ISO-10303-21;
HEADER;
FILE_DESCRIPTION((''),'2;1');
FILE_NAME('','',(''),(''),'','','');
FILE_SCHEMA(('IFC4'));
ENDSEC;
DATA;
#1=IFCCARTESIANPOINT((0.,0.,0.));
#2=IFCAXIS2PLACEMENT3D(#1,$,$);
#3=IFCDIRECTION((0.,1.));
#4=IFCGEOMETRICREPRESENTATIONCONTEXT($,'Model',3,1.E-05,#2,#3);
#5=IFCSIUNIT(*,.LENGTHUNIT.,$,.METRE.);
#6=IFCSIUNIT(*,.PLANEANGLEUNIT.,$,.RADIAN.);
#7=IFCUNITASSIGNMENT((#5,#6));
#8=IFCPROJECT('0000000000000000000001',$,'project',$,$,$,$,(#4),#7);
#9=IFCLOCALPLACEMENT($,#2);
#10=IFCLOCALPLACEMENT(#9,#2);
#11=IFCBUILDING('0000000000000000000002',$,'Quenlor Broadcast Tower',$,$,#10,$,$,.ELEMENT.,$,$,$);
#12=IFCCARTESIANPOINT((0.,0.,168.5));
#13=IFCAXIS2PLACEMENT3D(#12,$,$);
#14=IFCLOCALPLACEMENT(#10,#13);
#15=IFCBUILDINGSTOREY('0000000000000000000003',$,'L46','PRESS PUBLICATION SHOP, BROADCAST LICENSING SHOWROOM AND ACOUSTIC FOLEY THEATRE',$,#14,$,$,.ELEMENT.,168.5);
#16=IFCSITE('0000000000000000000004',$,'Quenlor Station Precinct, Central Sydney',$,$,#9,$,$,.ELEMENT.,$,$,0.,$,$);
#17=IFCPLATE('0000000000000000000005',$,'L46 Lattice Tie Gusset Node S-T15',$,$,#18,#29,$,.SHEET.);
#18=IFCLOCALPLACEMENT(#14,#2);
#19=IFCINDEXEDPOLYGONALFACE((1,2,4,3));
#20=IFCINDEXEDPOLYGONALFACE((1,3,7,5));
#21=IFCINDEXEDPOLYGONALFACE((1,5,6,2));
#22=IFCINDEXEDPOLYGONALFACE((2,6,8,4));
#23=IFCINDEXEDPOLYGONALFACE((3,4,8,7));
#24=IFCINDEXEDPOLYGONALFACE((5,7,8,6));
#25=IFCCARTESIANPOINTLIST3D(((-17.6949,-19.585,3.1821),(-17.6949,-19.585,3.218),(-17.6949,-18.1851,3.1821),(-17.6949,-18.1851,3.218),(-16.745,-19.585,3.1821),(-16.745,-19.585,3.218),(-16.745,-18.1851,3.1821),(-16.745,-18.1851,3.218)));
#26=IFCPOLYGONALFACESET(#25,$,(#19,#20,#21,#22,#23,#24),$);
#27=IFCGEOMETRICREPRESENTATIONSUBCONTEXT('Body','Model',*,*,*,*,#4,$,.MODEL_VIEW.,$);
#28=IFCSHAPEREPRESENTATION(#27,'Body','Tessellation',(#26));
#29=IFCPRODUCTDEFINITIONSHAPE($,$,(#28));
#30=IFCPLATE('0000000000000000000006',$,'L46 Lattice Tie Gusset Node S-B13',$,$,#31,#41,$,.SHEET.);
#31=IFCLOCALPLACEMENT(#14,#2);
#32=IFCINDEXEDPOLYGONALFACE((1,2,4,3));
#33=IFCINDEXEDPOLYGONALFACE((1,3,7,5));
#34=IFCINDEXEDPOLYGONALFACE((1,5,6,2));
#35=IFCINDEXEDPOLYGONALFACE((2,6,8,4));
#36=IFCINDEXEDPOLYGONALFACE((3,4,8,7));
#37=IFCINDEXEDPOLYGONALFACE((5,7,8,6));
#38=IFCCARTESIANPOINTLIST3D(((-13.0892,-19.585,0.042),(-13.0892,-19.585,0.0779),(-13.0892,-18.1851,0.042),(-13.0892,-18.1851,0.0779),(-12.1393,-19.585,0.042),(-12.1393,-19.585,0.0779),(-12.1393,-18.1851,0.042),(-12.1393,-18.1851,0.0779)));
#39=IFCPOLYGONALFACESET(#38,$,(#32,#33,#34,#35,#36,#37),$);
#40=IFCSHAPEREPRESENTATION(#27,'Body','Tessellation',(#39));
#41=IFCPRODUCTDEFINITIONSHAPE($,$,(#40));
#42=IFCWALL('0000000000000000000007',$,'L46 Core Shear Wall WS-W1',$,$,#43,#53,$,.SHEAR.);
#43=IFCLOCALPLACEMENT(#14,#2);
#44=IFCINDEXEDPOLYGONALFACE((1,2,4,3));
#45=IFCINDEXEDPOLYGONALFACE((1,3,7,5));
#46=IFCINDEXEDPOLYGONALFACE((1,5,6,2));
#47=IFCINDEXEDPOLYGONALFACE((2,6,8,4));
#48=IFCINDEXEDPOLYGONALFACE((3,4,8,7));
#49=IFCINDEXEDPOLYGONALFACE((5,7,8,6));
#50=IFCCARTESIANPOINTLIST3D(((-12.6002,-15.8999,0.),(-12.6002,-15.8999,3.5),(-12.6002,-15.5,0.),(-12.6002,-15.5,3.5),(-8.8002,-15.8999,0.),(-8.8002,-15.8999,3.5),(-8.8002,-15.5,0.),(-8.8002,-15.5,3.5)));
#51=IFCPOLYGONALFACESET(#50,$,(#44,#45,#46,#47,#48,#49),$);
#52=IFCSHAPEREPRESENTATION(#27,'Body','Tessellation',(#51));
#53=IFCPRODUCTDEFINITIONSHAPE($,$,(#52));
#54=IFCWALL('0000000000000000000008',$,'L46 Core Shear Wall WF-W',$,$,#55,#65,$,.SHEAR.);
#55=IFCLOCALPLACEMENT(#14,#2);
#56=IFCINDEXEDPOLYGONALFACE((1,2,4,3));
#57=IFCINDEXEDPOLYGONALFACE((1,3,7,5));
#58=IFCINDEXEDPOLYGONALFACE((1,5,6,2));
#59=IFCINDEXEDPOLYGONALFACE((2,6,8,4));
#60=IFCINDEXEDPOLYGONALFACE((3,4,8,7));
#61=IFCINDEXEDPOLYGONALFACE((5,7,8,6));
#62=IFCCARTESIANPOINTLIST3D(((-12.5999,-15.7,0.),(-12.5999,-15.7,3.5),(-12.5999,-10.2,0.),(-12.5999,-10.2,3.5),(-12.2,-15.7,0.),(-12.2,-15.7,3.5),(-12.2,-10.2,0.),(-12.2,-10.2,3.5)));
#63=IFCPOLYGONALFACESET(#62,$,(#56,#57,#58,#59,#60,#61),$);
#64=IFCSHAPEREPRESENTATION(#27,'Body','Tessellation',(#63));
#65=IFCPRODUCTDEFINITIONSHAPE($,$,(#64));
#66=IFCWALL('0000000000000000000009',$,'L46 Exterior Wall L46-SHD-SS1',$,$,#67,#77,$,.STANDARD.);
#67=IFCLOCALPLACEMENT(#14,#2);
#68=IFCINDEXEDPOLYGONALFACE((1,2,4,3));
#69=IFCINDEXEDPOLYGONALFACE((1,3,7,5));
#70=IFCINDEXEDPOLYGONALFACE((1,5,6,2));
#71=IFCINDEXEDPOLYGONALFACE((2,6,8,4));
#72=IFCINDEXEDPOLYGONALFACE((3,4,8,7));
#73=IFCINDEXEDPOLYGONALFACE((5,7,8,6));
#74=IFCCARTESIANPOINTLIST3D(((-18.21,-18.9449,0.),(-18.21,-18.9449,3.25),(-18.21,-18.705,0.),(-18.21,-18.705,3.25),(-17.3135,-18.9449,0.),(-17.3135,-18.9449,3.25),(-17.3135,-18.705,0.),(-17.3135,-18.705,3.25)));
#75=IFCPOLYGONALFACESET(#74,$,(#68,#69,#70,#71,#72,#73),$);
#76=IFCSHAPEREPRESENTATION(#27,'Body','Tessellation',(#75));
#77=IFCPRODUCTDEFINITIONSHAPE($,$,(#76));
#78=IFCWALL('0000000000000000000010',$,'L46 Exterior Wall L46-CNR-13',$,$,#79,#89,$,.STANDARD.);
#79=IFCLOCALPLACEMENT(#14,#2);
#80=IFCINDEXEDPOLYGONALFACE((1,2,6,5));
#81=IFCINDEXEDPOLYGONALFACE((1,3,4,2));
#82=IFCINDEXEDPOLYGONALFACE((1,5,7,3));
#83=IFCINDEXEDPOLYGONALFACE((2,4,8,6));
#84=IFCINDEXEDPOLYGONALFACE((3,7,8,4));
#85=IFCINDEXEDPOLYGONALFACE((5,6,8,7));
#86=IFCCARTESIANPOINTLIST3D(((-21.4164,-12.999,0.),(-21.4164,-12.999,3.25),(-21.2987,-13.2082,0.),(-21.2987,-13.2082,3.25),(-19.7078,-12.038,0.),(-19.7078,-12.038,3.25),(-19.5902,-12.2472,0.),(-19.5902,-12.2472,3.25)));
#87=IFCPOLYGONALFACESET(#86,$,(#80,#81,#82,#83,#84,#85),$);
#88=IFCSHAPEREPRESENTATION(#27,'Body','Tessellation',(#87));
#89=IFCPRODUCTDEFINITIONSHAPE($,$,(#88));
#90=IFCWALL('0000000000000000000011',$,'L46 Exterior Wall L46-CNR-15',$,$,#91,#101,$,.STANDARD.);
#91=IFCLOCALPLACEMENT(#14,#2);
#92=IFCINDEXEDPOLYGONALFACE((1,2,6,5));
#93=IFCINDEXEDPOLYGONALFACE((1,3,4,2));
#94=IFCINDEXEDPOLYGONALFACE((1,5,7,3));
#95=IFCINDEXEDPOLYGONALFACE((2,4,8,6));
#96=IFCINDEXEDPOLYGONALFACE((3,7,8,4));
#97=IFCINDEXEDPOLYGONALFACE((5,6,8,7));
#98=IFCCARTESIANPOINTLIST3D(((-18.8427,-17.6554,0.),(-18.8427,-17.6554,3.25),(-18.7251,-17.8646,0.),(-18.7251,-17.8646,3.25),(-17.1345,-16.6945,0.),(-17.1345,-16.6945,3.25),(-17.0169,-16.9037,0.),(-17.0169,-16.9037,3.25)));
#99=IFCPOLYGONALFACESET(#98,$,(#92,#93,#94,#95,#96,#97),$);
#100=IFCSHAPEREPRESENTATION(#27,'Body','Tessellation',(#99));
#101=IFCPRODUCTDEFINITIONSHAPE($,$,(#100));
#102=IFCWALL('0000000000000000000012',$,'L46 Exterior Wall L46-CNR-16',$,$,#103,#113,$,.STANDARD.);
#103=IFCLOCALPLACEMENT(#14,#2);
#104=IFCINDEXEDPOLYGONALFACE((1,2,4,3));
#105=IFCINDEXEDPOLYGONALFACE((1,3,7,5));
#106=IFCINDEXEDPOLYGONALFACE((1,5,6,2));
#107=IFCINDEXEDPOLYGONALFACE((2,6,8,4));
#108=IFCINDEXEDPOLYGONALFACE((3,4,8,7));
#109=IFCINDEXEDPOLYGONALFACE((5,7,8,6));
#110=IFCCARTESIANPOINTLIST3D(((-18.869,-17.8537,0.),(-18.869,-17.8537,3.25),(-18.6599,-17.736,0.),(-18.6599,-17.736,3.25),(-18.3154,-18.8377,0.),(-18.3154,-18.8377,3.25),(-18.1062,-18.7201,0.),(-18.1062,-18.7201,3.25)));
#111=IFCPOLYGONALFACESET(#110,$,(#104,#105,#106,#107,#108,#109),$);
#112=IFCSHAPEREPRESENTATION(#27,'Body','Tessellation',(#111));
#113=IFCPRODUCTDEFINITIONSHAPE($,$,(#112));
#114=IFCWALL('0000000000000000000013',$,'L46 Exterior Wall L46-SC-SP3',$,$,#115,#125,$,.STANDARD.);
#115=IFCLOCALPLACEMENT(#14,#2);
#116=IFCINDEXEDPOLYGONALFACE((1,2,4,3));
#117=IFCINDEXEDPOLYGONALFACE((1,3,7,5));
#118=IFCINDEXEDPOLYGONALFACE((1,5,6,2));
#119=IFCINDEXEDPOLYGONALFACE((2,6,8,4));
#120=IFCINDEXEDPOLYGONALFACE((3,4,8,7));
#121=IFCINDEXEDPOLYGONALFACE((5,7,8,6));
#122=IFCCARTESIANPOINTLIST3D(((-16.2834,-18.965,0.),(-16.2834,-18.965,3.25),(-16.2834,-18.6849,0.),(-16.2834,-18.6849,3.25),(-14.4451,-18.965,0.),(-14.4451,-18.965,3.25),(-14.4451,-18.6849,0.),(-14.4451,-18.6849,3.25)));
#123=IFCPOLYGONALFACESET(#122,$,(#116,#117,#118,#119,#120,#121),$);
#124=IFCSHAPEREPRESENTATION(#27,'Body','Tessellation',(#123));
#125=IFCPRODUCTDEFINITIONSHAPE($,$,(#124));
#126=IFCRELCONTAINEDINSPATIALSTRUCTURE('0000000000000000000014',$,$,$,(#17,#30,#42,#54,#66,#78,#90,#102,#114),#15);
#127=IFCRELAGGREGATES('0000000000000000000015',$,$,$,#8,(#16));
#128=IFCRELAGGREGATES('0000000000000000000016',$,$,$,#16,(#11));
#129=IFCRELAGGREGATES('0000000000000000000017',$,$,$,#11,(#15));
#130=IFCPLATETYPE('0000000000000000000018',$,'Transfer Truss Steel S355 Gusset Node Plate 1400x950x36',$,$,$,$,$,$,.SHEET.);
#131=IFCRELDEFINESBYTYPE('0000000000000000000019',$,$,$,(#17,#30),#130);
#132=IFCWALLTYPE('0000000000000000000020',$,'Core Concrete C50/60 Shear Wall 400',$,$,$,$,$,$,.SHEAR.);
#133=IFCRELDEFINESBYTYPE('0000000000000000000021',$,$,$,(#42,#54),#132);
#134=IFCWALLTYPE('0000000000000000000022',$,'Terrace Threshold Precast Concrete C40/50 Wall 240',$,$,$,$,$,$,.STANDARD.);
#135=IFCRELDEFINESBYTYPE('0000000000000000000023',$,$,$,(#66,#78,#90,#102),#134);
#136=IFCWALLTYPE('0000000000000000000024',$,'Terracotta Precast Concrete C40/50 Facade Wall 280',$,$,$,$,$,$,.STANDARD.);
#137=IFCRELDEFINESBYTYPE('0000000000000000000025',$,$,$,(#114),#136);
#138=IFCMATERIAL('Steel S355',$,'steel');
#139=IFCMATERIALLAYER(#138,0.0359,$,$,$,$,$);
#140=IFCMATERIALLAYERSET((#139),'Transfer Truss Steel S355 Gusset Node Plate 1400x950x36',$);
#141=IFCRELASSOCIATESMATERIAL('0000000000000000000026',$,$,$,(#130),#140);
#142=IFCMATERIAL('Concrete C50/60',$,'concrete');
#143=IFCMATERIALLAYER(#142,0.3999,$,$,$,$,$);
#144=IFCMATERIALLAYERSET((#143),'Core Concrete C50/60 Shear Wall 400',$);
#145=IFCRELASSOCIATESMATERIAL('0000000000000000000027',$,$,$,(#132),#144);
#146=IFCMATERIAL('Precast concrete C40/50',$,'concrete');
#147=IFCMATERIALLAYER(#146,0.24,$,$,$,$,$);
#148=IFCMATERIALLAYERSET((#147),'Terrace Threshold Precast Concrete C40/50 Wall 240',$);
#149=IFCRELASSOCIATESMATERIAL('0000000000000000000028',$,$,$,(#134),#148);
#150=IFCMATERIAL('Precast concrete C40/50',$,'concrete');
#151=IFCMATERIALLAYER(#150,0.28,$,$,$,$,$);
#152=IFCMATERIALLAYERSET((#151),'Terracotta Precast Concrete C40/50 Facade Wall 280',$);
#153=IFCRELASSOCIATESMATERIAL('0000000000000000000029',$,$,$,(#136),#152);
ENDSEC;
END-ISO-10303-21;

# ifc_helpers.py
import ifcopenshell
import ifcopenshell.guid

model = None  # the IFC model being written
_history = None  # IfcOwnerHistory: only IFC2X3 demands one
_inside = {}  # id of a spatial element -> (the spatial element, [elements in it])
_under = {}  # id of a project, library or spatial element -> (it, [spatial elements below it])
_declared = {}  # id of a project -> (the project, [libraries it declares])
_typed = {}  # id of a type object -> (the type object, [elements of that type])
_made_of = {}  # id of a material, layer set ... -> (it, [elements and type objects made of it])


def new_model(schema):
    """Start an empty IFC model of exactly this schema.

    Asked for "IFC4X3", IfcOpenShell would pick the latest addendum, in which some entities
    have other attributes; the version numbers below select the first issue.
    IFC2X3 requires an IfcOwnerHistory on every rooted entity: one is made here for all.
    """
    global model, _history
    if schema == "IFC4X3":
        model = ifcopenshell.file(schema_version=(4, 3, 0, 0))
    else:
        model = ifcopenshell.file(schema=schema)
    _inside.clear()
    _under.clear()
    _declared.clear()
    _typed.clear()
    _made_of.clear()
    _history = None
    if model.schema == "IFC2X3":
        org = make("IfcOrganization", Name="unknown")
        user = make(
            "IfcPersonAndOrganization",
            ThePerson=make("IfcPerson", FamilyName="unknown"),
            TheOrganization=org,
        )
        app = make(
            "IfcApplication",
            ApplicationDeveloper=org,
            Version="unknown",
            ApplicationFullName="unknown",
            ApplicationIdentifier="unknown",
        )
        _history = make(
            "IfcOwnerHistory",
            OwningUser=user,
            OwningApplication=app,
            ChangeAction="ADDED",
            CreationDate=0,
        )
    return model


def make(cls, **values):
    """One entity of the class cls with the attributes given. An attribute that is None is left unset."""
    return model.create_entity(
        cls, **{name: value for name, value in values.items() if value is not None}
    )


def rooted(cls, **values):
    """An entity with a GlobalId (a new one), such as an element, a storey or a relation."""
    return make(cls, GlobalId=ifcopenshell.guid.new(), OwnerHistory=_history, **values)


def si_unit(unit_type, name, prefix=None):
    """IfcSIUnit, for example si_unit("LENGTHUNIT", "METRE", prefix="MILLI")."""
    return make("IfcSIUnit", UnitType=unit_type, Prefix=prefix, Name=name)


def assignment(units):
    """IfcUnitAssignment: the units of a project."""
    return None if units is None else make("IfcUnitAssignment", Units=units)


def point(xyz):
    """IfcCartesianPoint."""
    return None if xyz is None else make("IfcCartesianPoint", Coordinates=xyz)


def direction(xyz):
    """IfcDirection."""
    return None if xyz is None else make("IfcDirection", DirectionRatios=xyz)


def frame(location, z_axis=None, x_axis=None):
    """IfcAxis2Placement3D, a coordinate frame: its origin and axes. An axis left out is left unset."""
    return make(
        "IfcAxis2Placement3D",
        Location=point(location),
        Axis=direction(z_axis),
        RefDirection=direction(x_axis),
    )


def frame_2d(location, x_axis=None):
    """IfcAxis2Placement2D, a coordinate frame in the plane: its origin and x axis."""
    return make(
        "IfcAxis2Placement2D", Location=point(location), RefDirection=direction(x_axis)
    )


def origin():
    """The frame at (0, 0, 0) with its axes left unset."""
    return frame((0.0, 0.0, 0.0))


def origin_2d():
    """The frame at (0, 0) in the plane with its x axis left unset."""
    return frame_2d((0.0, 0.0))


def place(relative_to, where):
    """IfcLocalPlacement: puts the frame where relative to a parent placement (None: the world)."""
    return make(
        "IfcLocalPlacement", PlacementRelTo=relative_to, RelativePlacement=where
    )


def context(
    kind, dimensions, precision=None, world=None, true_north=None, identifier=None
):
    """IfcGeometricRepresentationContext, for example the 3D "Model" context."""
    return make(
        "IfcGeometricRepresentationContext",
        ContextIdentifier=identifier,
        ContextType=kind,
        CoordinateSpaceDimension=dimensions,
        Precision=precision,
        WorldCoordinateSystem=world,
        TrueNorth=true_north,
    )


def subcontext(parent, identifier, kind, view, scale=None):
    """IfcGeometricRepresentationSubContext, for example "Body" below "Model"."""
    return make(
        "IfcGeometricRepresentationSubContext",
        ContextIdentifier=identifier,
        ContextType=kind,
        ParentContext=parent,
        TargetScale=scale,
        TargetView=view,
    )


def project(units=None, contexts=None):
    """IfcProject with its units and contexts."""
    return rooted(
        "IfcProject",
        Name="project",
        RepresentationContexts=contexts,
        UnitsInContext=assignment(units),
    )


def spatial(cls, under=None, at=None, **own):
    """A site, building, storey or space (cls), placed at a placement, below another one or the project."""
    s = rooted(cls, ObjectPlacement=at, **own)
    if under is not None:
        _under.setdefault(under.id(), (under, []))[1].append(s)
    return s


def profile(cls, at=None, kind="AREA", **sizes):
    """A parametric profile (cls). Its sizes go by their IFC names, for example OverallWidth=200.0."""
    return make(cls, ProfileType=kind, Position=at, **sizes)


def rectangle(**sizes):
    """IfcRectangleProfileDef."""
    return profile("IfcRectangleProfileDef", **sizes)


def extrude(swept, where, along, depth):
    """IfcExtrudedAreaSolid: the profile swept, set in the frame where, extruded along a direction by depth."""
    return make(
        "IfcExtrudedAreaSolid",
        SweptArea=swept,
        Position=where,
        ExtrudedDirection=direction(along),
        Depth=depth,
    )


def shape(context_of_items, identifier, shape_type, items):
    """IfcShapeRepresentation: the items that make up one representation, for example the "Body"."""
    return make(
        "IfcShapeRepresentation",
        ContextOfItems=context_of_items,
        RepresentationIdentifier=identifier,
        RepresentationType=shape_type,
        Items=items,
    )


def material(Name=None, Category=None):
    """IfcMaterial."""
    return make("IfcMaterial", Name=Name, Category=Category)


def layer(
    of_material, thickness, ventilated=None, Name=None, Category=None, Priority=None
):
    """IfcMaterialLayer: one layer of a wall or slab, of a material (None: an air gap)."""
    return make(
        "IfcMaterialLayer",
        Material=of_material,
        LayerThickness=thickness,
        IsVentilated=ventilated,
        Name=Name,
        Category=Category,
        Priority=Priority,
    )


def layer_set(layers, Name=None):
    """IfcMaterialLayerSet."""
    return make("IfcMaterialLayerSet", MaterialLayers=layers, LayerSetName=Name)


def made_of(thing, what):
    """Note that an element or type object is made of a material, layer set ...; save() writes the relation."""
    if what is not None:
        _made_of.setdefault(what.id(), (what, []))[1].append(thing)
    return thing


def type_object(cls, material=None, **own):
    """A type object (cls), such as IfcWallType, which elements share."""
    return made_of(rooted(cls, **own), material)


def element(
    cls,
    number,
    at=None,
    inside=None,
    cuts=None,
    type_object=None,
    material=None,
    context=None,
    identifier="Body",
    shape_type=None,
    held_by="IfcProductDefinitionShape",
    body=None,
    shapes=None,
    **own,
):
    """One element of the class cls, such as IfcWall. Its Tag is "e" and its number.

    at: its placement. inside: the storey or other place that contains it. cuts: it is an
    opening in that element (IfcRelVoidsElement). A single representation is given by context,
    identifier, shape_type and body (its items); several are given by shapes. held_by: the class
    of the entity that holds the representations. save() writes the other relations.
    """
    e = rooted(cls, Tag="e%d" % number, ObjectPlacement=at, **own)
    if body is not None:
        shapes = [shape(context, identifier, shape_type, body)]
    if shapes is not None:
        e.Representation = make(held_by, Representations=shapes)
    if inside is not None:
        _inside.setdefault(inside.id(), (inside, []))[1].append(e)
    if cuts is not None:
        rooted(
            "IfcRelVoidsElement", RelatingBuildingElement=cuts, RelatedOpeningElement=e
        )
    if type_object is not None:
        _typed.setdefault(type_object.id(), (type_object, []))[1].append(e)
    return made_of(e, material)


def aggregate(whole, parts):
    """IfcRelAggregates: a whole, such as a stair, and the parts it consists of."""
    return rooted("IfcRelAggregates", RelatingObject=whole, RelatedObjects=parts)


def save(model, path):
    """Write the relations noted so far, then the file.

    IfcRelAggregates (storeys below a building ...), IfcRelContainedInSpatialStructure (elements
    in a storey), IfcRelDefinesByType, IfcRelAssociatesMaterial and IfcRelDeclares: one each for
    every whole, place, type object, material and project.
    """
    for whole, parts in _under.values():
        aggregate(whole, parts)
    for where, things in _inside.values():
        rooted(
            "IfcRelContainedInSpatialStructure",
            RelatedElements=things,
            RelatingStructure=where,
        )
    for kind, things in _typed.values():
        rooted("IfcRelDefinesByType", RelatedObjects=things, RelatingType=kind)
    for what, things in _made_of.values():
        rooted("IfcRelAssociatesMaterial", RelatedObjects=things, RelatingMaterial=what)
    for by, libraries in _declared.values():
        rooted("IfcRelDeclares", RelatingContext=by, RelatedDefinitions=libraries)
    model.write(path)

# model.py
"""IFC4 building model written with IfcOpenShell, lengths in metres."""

from ifc_helpers import new_model, si_unit, direction, frame, frame_2d, origin, origin_2d, place, context, subcontext, project, spatial, rectangle, extrude, material, layer, layer_set, type_object, element, save


model = new_model("IFC4")

# Units and contexts
model_context = context("Model", 3, precision=1e-05, world=origin(), true_north=direction((0.0, 1.0)))
body_context = subcontext(model_context, "Body", "Model", "MODEL_VIEW")
ifc_project = project(units=[si_unit("LENGTHUNIT", "METRE"), si_unit("PLANEANGLEUNIT", "RADIAN")], contexts=[model_context])

# Site, building, storey
site_placement = place(None, origin())
site = spatial("IfcSite", under=ifc_project, at=site_placement, Name="Quenlor Station Precinct, Central Sydney", CompositionType="ELEMENT", RefElevation=0.0)
building_placement = place(site_placement, origin())
building = spatial("IfcBuilding", under=site, at=building_placement, Name="Quenlor Broadcast Tower", CompositionType="ELEMENT")
storey_placement = place(building_placement, frame((0.0, 0.0, 168.5)))
storey = spatial("IfcBuildingStorey", under=building, at=storey_placement, Name="L46", Description="PRESS PUBLICATION SHOP, BROADCAST LICENSING SHOWROOM AND ACOUSTIC FOLEY THEATRE", CompositionType="ELEMENT", Elevation=168.5)

# Plates
ifc_material_1 = material(Name="Steel S355", Category="steel")
ifc_layer_1 = layer(ifc_material_1, 0.0359)
ifc_layer_set_1 = layer_set([ifc_layer_1], Name="Transfer Truss Steel S355 Gusset Node Plate 1400x950x36")
plate_type_1 = type_object("IfcPlateType", Name="Transfer Truss Steel S355 Gusset Node Plate 1400x950x36", PredefinedType="SHEET", material=ifc_layer_set_1)
for number, where, z_axis, x_axis, name in (
    (1, (-17.22, -18.885, 3.1821), (0.0, 0.0, 1.0), (0.0, -1.0, 0.0), "L46 Lattice Tie Gusset Node S-T15"),
    (2, (-12.6143, -18.885, 0.042), (0.0, 0.0, 1.0), (0.0, -1.0, 0.0), "L46 Lattice Tie Gusset Node S-B13"),
):
    element("IfcPlate", number, at=place(storey_placement, frame(where, z_axis=z_axis, x_axis=x_axis)), inside=storey, type_object=plate_type_1, Name=name, PredefinedType="SHEET", context=body_context, shape_type="SweptSolid", body=[
        extrude(rectangle(XDim=1.3999, YDim=0.95, at=origin_2d()), origin(), (0.0, 0.0, 1.0), 0.0359),
    ])

# Walls
ifc_material_2 = material(Name="Concrete C50/60", Category="concrete")
ifc_layer_2 = layer(ifc_material_2, 0.3999)
ifc_layer_set_2 = layer_set([ifc_layer_2], Name="Core Concrete C50/60 Shear Wall 400")
wall_type_1 = type_object("IfcWallType", Name="Core Concrete C50/60 Shear Wall 400", PredefinedType="SHEAR", material=ifc_layer_set_2)
wall_1_placement = place(storey_placement, frame((-12.6001, -15.7, 0.0), z_axis=(0.0, 0.0, 1.0), x_axis=(1.0, 0.0, 0.0)))
element("IfcWall", 3, at=wall_1_placement, inside=storey, type_object=wall_type_1, Name="L46 Core Shear Wall WS-W1", PredefinedType="SHEAR", context=body_context, shape_type="SweptSolid", body=[
    extrude(rectangle(XDim=3.8, YDim=0.3999, at=frame_2d((1.8999, 0.0))), origin(), (0.0, 0.0, 1.0), 3.5),
])
wall_2_placement = place(storey_placement, frame((-12.3999, -15.7, 0.0), z_axis=(0.0, 0.0, 1.0), x_axis=(0.0, 1.0, 0.0)))
element("IfcWall", 4, at=wall_2_placement, inside=storey, type_object=wall_type_1, Name="L46 Core Shear Wall WF-W", PredefinedType="SHEAR", context=body_context, shape_type="SweptSolid", body=[
    extrude(rectangle(XDim=5.5, YDim=0.3999, at=frame_2d((2.75, 0.0))), origin(), (0.0, 0.0, 1.0), 3.5),
])
ifc_material_3 = material(Name="Precast concrete C40/50", Category="concrete")
ifc_layer_3 = layer(ifc_material_3, 0.24)
ifc_layer_set_3 = layer_set([ifc_layer_3], Name="Terrace Threshold Precast Concrete C40/50 Wall 240")
wall_type_2 = type_object("IfcWallType", Name="Terrace Threshold Precast Concrete C40/50 Wall 240", PredefinedType="STANDARD", material=ifc_layer_set_3)
wall_3_placement = place(storey_placement, frame((-17.3135, -18.825, 0.0), z_axis=(0.0, 0.0, 1.0), x_axis=(-1.0, 0.0, 0.0)))
element("IfcWall", 5, at=wall_3_placement, inside=storey, type_object=wall_type_2, Name="L46 Exterior Wall L46-SHD-SS1", PredefinedType="STANDARD", context=body_context, shape_type="SweptSolid", body=[
    extrude(rectangle(XDim=0.8965, YDim=0.24, at=frame_2d((0.4482, 0.0))), origin(), (0.0, 0.0, 1.0), 3.25),
])
wall_4_placement = place(storey_placement, frame((-21.3574, -13.1035, 0.0), z_axis=(0.0, 0.0, 1.0), x_axis=(0.871595, 0.490226, 0.0)))
element("IfcWall", 6, at=wall_4_placement, inside=storey, type_object=wall_type_2, Name="L46 Exterior Wall L46-CNR-13", PredefinedType="STANDARD", context=body_context, shape_type="SweptSolid", body=[
    extrude(rectangle(XDim=1.9602, YDim=0.24, at=frame_2d((0.98, 0.0))), origin(), (0.0, 0.0, 1.0), 3.25),
])
wall_5_placement = place(storey_placement, frame((-17.0757, -16.7991, 0.0), z_axis=(0.0, 0.0, 1.0), x_axis=(-0.871566, -0.490279, 0.0)))
element("IfcWall", 7, at=wall_5_placement, inside=storey, type_object=wall_type_2, Name="L46 Exterior Wall L46-CNR-15", PredefinedType="STANDARD", context=body_context, shape_type="SweptSolid", body=[
    extrude(rectangle(XDim=1.96, YDim=0.24, at=frame_2d((0.98, 0.0))), origin(), (0.0, 0.0, 1.0), 3.25),
])
wall_6_placement = place(storey_placement, frame((-18.7644, -17.7949, 0.0), z_axis=(0.0, 0.0, 1.0), x_axis=(0.490354, -0.871524, 0.0)))
element("IfcWall", 8, at=wall_6_placement, inside=storey, type_object=wall_type_2, Name="L46 Exterior Wall L46-CNR-16", PredefinedType="STANDARD", context=body_context, shape_type="SweptSolid", body=[
    extrude(rectangle(XDim=1.1292, YDim=0.24, at=frame_2d((0.5645, 0.0))), origin(), (0.0, 0.0, 1.0), 3.25),
])
ifc_material_4 = material(Name="Precast concrete C40/50", Category="concrete")
ifc_layer_4 = layer(ifc_material_4, 0.28)
ifc_layer_set_4 = layer_set([ifc_layer_4], Name="Terracotta Precast Concrete C40/50 Facade Wall 280")
wall_type_3 = type_object("IfcWallType", Name="Terracotta Precast Concrete C40/50 Facade Wall 280", PredefinedType="STANDARD", material=ifc_layer_set_4)
wall_7_placement = place(storey_placement, frame((-14.4451, -18.825, 0.0), z_axis=(0.0, 0.0, 1.0), x_axis=(-1.0, 0.0, 0.0)))
element("IfcWall", 9, at=wall_7_placement, inside=storey, type_object=wall_type_3, Name="L46 Exterior Wall L46-SC-SP3", PredefinedType="STANDARD", context=body_context, shape_type="SweptSolid", body=[
    extrude(rectangle(XDim=1.8384, YDim=0.28, at=frame_2d((0.9192, 0.0))), origin(), (0.0, 0.0, 1.0), 3.25),
])

save(model, "model.ifc")
